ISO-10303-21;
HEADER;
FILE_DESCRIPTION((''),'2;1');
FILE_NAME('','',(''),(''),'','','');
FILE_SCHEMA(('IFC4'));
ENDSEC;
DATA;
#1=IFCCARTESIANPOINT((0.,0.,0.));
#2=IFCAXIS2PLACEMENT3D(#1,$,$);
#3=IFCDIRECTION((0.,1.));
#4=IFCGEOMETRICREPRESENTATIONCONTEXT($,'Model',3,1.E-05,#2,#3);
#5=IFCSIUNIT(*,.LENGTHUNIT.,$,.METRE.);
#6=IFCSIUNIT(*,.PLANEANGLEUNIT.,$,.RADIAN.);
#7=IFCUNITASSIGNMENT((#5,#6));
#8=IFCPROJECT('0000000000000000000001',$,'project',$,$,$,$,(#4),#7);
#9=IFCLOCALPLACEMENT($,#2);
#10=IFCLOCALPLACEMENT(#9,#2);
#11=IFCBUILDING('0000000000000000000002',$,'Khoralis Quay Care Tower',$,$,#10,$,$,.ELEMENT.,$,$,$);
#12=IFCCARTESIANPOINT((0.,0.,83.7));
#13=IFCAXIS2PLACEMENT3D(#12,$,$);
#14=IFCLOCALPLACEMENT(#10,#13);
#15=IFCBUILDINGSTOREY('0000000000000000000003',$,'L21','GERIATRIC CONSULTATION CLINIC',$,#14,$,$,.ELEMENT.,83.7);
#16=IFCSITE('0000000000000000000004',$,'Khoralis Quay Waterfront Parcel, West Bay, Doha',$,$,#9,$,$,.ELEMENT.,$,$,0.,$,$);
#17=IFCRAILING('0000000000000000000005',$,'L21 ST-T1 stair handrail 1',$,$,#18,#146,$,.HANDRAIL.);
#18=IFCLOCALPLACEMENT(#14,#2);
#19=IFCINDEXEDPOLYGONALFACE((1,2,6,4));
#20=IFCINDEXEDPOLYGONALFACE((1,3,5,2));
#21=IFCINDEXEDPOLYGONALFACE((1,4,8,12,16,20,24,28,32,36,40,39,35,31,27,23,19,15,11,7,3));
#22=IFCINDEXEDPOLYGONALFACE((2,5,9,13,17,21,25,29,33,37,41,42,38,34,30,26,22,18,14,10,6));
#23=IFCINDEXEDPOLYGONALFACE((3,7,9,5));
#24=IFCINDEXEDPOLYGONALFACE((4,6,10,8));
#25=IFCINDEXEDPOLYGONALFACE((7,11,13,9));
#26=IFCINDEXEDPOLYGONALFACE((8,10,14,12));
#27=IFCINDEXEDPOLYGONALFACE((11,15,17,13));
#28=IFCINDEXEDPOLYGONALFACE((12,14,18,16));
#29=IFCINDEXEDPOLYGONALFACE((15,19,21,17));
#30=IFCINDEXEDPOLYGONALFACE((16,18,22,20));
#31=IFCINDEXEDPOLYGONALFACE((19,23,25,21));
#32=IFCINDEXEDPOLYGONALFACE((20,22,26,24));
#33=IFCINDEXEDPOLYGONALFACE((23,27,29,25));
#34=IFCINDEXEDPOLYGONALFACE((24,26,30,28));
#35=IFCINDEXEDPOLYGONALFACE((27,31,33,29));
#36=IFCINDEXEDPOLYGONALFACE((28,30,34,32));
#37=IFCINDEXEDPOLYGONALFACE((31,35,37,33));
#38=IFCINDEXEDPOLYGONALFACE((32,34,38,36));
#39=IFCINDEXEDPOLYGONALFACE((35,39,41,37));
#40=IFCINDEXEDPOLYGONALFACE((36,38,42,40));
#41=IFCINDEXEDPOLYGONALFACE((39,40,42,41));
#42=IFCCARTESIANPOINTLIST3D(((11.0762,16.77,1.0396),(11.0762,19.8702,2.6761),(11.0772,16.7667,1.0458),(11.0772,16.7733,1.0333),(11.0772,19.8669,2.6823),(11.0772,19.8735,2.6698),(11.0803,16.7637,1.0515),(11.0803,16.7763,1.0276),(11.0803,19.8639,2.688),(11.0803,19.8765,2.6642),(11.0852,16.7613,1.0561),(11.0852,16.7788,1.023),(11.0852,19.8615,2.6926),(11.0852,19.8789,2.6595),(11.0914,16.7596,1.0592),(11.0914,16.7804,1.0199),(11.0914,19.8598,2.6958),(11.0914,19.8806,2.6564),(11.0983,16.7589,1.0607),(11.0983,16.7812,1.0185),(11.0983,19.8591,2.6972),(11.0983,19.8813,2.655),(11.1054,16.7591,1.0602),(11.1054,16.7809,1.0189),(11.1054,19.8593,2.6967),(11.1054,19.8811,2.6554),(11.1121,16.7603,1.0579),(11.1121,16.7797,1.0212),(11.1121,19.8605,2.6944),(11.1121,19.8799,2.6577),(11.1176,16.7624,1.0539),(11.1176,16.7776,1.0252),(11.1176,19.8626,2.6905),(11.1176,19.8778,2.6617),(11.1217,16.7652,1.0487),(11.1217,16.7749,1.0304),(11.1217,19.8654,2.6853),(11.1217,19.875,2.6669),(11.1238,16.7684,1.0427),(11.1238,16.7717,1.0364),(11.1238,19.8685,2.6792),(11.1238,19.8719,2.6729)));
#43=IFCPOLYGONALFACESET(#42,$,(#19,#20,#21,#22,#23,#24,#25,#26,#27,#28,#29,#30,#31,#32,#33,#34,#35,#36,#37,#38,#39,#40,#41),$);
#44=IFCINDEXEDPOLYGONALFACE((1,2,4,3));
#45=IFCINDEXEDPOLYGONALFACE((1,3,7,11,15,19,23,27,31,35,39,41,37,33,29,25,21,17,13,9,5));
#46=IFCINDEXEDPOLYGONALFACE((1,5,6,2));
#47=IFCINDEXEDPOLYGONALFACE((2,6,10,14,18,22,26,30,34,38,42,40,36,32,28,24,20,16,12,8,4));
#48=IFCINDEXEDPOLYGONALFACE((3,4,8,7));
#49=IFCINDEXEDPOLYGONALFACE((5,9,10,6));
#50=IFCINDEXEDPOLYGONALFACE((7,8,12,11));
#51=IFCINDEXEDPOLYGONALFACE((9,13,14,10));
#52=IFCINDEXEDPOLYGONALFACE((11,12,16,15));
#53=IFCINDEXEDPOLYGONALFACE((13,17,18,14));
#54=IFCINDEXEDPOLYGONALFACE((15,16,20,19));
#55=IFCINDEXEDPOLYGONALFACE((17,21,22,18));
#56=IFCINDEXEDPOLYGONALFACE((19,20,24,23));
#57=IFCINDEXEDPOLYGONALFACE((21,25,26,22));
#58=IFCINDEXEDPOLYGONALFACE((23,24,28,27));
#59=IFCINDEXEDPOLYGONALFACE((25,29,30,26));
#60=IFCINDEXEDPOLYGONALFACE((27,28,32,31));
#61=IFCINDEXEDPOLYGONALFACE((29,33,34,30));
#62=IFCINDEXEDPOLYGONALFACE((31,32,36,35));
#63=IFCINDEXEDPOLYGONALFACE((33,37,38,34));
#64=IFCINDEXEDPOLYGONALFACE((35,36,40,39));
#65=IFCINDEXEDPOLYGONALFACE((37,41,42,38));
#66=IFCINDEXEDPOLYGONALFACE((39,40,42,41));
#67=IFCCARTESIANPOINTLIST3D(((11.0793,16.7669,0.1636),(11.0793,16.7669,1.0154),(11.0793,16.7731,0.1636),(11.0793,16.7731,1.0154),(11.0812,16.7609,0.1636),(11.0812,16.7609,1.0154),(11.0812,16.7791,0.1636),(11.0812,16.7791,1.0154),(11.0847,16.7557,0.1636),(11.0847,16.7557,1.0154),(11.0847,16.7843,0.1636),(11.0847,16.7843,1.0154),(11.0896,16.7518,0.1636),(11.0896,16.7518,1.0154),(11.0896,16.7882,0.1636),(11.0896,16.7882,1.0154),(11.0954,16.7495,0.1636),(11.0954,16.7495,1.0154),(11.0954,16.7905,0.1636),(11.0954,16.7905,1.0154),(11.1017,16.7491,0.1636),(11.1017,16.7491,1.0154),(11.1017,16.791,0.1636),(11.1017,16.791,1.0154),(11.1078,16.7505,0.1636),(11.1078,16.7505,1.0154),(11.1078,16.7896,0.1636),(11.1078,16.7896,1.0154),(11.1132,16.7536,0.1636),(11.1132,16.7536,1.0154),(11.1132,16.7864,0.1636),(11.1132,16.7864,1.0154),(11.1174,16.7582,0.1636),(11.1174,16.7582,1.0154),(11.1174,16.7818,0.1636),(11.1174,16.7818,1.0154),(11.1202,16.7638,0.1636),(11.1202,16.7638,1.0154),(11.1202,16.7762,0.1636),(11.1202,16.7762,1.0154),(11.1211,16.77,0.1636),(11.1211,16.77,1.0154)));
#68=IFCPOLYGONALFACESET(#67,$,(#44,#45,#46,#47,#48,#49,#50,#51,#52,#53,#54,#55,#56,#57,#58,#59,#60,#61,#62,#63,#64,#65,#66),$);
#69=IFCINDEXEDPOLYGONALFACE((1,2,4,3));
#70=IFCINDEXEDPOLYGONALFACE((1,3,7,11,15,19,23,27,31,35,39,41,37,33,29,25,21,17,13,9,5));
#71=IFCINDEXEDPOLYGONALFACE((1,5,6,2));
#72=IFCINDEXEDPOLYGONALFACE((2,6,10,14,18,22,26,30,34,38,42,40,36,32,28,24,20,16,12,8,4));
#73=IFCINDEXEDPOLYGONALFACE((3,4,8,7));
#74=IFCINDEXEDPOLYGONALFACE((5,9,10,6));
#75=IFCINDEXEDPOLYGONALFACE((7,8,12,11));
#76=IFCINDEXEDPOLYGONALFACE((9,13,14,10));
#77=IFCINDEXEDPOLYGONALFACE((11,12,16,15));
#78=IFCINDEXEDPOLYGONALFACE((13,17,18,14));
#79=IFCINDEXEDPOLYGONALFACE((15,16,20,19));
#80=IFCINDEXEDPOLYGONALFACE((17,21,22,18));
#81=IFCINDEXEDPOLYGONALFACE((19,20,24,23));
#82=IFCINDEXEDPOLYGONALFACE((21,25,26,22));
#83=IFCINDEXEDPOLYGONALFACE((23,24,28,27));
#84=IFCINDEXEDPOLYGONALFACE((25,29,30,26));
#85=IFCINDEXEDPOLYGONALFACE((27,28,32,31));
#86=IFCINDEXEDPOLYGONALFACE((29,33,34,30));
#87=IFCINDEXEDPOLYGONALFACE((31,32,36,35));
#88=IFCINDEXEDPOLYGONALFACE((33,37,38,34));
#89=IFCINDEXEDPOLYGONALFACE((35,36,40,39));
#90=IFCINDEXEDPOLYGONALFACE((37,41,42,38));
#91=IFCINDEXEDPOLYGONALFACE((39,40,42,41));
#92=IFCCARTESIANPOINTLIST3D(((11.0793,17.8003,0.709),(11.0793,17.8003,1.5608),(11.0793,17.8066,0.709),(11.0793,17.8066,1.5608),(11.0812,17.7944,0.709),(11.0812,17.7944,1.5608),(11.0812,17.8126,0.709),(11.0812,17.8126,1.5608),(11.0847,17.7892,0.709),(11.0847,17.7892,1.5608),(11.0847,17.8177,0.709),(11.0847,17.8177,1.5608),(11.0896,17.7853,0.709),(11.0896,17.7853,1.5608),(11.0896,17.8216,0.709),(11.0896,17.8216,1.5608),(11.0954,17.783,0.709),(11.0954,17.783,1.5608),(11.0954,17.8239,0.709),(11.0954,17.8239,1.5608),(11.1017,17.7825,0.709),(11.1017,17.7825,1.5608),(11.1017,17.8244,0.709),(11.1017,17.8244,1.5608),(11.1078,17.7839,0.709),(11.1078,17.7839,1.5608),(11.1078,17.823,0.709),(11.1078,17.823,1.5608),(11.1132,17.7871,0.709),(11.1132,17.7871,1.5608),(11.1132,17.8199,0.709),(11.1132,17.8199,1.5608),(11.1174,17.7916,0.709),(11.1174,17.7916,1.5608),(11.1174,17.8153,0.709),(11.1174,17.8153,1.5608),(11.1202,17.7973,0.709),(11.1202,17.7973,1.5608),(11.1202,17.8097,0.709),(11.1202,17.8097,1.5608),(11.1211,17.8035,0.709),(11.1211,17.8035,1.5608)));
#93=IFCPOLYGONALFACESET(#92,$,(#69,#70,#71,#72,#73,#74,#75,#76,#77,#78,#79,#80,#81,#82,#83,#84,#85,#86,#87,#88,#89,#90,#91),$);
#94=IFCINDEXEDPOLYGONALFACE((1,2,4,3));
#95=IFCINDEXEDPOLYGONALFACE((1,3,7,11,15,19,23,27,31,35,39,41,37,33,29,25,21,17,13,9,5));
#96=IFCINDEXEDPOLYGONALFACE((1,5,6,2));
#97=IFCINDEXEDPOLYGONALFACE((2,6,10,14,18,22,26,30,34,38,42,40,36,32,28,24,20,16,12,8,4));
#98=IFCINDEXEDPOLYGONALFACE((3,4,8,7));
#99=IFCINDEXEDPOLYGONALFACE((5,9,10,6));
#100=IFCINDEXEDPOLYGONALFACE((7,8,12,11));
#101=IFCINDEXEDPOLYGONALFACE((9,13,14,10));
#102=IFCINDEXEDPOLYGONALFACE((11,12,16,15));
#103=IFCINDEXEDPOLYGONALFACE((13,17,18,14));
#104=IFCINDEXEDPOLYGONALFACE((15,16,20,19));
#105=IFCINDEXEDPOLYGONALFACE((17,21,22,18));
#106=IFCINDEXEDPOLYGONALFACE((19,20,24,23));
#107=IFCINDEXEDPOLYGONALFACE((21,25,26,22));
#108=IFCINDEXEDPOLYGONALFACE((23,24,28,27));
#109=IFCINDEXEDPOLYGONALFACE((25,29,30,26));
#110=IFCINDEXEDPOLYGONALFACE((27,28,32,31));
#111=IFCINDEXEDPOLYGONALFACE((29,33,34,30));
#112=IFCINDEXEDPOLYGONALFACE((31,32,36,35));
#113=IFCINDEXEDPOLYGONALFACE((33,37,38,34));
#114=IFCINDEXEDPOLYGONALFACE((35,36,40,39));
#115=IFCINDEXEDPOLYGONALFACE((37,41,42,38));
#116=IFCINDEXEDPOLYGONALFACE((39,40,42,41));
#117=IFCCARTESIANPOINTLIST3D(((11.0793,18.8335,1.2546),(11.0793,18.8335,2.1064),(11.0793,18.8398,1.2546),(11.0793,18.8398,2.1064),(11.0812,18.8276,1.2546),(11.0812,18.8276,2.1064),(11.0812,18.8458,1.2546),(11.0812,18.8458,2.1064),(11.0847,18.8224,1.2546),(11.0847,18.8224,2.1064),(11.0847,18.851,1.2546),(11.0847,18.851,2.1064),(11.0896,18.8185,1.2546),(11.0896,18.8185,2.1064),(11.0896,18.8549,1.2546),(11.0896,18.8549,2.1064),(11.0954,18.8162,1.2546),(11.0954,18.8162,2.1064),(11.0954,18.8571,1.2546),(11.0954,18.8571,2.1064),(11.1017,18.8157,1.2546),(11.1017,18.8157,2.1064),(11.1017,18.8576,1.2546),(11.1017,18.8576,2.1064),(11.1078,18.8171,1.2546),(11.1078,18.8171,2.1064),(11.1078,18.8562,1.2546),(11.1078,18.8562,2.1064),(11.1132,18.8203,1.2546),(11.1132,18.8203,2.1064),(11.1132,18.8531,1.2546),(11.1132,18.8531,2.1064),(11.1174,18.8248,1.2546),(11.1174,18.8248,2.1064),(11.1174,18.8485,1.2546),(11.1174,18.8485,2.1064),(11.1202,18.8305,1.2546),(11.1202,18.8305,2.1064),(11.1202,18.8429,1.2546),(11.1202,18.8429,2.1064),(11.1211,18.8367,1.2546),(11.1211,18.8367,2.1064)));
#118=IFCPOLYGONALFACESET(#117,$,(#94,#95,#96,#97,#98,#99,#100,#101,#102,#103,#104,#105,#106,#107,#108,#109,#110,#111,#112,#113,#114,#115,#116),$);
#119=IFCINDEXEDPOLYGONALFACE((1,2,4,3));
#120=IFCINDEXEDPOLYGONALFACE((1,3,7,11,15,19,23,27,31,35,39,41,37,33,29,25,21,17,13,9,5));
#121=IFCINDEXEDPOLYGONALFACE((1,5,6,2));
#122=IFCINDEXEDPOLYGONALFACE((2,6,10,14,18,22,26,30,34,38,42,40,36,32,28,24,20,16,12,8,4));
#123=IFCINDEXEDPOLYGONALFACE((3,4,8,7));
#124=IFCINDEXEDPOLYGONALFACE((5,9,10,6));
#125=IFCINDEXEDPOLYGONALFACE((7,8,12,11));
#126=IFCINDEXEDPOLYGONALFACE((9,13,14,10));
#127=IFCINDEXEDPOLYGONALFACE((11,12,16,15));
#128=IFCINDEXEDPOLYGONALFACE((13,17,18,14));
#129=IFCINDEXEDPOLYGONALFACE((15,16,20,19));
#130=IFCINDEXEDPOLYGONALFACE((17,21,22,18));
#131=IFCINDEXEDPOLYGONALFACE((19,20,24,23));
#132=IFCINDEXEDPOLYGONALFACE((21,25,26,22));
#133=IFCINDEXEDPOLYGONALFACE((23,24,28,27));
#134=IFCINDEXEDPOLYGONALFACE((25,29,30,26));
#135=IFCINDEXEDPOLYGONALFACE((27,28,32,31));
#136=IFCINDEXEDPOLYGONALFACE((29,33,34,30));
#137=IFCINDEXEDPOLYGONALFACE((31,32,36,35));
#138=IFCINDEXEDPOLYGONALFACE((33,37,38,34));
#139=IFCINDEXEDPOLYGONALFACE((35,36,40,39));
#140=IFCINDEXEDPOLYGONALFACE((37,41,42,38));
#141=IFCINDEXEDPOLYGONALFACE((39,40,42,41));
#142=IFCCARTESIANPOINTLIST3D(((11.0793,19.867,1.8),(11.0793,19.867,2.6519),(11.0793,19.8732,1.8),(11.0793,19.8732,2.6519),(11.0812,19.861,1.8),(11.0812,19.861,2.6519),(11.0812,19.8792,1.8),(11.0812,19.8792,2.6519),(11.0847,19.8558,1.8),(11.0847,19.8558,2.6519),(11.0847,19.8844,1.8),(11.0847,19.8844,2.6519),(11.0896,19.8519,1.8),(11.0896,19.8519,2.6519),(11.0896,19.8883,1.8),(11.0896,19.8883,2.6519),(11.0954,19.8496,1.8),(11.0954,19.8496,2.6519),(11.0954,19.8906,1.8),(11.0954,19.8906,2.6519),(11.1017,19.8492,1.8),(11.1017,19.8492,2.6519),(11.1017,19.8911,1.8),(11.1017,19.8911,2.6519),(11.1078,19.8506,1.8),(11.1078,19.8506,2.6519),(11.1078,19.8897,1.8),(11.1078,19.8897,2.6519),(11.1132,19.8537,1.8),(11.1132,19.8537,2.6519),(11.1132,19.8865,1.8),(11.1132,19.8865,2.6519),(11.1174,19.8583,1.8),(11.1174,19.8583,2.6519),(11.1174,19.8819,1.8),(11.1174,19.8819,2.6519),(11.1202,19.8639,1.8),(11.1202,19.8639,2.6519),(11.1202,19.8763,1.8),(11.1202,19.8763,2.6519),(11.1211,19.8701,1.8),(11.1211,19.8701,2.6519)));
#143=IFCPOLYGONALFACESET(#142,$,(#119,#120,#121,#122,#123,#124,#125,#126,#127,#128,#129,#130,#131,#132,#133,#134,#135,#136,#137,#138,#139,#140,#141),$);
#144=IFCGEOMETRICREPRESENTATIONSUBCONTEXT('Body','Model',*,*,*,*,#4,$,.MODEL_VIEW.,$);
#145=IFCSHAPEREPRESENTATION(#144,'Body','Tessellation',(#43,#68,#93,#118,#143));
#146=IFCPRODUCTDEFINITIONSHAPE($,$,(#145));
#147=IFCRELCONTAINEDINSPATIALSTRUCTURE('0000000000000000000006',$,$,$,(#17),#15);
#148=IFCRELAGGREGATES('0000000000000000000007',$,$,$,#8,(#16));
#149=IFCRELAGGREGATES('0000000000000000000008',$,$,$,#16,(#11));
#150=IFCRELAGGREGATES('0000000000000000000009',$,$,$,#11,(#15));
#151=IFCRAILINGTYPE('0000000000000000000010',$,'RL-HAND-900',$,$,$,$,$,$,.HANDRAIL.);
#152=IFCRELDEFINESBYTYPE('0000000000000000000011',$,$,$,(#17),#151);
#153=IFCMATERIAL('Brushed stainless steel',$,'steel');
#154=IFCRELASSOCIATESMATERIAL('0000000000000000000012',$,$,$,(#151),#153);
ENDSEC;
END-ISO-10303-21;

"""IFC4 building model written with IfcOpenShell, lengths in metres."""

from ifc_helpers import new_model, si_unit, direction, frame, origin, origin_2d, place, context, subcontext, project, spatial, circle, extrude, material, type_object, element, save


model = new_model("IFC4")

# Units and contexts
model_context = context("Model", 3, precision=1e-05, world=origin(), true_north=direction((0.0, 1.0)))
body_context = subcontext(model_context, "Body", "Model", "MODEL_VIEW")
ifc_project = project(units=[si_unit("LENGTHUNIT", "METRE"), si_unit("PLANEANGLEUNIT", "RADIAN")], contexts=[model_context])

# Site, building, storey
site_placement = place(None, origin())
site = spatial("IfcSite", under=ifc_project, at=site_placement, Name="Khoralis Quay Waterfront Parcel, West Bay, Doha", CompositionType="ELEMENT", RefElevation=0.0)
building_placement = place(site_placement, origin())
building = spatial("IfcBuilding", under=site, at=building_placement, Name="Khoralis Quay Care Tower", CompositionType="ELEMENT")
storey_placement = place(building_placement, frame((0.0, 0.0, 83.7)))
storey = spatial("IfcBuildingStorey", under=building, at=storey_placement, Name="L21", Description="GERIATRIC CONSULTATION CLINIC", CompositionType="ELEMENT", Elevation=83.7)

# Railing
ifc_material_1 = material(Name="Brushed stainless steel", Category="steel")
railing_type = type_object("IfcRailingType", Name="RL-HAND-900", PredefinedType="HANDRAIL", material=ifc_material_1)
railing_placement = place(storey_placement, frame((11.1001, 16.77, 0.1636)))
element("IfcRailing", 1, at=railing_placement, inside=storey, type_object=railing_type, Name="L21 ST-T1 stair handrail 1", PredefinedType="HANDRAIL", context=body_context, shape_type="SweptSolid", body=[
    extrude(circle(Radius=0.0239, at=origin_2d()), frame((0.0, 0.0, 0.876), z_axis=(0.0, 0.884348, 0.466828), x_axis=(-1.0, 0.0, 0.0)), (0.0, 0.0, 1.0), 3.5056),
    extrude(circle(Radius=0.021, at=origin_2d()), origin(), (0.0, 0.0, 1.0), 0.8518),
    extrude(circle(Radius=0.021, at=origin_2d()), frame((0.0, 1.0334, 0.5454)), (0.0, 0.0, 1.0), 0.8518),
    extrude(circle(Radius=0.021, at=origin_2d()), frame((0.0, 2.0667, 1.0911)), (0.0, 0.0, 1.0), 0.8518),
    extrude(circle(Radius=0.021, at=origin_2d()), frame((0.0, 3.1001, 1.6365)), (0.0, 0.0, 1.0), 0.8518),
])

save(model, "model.ifc")
